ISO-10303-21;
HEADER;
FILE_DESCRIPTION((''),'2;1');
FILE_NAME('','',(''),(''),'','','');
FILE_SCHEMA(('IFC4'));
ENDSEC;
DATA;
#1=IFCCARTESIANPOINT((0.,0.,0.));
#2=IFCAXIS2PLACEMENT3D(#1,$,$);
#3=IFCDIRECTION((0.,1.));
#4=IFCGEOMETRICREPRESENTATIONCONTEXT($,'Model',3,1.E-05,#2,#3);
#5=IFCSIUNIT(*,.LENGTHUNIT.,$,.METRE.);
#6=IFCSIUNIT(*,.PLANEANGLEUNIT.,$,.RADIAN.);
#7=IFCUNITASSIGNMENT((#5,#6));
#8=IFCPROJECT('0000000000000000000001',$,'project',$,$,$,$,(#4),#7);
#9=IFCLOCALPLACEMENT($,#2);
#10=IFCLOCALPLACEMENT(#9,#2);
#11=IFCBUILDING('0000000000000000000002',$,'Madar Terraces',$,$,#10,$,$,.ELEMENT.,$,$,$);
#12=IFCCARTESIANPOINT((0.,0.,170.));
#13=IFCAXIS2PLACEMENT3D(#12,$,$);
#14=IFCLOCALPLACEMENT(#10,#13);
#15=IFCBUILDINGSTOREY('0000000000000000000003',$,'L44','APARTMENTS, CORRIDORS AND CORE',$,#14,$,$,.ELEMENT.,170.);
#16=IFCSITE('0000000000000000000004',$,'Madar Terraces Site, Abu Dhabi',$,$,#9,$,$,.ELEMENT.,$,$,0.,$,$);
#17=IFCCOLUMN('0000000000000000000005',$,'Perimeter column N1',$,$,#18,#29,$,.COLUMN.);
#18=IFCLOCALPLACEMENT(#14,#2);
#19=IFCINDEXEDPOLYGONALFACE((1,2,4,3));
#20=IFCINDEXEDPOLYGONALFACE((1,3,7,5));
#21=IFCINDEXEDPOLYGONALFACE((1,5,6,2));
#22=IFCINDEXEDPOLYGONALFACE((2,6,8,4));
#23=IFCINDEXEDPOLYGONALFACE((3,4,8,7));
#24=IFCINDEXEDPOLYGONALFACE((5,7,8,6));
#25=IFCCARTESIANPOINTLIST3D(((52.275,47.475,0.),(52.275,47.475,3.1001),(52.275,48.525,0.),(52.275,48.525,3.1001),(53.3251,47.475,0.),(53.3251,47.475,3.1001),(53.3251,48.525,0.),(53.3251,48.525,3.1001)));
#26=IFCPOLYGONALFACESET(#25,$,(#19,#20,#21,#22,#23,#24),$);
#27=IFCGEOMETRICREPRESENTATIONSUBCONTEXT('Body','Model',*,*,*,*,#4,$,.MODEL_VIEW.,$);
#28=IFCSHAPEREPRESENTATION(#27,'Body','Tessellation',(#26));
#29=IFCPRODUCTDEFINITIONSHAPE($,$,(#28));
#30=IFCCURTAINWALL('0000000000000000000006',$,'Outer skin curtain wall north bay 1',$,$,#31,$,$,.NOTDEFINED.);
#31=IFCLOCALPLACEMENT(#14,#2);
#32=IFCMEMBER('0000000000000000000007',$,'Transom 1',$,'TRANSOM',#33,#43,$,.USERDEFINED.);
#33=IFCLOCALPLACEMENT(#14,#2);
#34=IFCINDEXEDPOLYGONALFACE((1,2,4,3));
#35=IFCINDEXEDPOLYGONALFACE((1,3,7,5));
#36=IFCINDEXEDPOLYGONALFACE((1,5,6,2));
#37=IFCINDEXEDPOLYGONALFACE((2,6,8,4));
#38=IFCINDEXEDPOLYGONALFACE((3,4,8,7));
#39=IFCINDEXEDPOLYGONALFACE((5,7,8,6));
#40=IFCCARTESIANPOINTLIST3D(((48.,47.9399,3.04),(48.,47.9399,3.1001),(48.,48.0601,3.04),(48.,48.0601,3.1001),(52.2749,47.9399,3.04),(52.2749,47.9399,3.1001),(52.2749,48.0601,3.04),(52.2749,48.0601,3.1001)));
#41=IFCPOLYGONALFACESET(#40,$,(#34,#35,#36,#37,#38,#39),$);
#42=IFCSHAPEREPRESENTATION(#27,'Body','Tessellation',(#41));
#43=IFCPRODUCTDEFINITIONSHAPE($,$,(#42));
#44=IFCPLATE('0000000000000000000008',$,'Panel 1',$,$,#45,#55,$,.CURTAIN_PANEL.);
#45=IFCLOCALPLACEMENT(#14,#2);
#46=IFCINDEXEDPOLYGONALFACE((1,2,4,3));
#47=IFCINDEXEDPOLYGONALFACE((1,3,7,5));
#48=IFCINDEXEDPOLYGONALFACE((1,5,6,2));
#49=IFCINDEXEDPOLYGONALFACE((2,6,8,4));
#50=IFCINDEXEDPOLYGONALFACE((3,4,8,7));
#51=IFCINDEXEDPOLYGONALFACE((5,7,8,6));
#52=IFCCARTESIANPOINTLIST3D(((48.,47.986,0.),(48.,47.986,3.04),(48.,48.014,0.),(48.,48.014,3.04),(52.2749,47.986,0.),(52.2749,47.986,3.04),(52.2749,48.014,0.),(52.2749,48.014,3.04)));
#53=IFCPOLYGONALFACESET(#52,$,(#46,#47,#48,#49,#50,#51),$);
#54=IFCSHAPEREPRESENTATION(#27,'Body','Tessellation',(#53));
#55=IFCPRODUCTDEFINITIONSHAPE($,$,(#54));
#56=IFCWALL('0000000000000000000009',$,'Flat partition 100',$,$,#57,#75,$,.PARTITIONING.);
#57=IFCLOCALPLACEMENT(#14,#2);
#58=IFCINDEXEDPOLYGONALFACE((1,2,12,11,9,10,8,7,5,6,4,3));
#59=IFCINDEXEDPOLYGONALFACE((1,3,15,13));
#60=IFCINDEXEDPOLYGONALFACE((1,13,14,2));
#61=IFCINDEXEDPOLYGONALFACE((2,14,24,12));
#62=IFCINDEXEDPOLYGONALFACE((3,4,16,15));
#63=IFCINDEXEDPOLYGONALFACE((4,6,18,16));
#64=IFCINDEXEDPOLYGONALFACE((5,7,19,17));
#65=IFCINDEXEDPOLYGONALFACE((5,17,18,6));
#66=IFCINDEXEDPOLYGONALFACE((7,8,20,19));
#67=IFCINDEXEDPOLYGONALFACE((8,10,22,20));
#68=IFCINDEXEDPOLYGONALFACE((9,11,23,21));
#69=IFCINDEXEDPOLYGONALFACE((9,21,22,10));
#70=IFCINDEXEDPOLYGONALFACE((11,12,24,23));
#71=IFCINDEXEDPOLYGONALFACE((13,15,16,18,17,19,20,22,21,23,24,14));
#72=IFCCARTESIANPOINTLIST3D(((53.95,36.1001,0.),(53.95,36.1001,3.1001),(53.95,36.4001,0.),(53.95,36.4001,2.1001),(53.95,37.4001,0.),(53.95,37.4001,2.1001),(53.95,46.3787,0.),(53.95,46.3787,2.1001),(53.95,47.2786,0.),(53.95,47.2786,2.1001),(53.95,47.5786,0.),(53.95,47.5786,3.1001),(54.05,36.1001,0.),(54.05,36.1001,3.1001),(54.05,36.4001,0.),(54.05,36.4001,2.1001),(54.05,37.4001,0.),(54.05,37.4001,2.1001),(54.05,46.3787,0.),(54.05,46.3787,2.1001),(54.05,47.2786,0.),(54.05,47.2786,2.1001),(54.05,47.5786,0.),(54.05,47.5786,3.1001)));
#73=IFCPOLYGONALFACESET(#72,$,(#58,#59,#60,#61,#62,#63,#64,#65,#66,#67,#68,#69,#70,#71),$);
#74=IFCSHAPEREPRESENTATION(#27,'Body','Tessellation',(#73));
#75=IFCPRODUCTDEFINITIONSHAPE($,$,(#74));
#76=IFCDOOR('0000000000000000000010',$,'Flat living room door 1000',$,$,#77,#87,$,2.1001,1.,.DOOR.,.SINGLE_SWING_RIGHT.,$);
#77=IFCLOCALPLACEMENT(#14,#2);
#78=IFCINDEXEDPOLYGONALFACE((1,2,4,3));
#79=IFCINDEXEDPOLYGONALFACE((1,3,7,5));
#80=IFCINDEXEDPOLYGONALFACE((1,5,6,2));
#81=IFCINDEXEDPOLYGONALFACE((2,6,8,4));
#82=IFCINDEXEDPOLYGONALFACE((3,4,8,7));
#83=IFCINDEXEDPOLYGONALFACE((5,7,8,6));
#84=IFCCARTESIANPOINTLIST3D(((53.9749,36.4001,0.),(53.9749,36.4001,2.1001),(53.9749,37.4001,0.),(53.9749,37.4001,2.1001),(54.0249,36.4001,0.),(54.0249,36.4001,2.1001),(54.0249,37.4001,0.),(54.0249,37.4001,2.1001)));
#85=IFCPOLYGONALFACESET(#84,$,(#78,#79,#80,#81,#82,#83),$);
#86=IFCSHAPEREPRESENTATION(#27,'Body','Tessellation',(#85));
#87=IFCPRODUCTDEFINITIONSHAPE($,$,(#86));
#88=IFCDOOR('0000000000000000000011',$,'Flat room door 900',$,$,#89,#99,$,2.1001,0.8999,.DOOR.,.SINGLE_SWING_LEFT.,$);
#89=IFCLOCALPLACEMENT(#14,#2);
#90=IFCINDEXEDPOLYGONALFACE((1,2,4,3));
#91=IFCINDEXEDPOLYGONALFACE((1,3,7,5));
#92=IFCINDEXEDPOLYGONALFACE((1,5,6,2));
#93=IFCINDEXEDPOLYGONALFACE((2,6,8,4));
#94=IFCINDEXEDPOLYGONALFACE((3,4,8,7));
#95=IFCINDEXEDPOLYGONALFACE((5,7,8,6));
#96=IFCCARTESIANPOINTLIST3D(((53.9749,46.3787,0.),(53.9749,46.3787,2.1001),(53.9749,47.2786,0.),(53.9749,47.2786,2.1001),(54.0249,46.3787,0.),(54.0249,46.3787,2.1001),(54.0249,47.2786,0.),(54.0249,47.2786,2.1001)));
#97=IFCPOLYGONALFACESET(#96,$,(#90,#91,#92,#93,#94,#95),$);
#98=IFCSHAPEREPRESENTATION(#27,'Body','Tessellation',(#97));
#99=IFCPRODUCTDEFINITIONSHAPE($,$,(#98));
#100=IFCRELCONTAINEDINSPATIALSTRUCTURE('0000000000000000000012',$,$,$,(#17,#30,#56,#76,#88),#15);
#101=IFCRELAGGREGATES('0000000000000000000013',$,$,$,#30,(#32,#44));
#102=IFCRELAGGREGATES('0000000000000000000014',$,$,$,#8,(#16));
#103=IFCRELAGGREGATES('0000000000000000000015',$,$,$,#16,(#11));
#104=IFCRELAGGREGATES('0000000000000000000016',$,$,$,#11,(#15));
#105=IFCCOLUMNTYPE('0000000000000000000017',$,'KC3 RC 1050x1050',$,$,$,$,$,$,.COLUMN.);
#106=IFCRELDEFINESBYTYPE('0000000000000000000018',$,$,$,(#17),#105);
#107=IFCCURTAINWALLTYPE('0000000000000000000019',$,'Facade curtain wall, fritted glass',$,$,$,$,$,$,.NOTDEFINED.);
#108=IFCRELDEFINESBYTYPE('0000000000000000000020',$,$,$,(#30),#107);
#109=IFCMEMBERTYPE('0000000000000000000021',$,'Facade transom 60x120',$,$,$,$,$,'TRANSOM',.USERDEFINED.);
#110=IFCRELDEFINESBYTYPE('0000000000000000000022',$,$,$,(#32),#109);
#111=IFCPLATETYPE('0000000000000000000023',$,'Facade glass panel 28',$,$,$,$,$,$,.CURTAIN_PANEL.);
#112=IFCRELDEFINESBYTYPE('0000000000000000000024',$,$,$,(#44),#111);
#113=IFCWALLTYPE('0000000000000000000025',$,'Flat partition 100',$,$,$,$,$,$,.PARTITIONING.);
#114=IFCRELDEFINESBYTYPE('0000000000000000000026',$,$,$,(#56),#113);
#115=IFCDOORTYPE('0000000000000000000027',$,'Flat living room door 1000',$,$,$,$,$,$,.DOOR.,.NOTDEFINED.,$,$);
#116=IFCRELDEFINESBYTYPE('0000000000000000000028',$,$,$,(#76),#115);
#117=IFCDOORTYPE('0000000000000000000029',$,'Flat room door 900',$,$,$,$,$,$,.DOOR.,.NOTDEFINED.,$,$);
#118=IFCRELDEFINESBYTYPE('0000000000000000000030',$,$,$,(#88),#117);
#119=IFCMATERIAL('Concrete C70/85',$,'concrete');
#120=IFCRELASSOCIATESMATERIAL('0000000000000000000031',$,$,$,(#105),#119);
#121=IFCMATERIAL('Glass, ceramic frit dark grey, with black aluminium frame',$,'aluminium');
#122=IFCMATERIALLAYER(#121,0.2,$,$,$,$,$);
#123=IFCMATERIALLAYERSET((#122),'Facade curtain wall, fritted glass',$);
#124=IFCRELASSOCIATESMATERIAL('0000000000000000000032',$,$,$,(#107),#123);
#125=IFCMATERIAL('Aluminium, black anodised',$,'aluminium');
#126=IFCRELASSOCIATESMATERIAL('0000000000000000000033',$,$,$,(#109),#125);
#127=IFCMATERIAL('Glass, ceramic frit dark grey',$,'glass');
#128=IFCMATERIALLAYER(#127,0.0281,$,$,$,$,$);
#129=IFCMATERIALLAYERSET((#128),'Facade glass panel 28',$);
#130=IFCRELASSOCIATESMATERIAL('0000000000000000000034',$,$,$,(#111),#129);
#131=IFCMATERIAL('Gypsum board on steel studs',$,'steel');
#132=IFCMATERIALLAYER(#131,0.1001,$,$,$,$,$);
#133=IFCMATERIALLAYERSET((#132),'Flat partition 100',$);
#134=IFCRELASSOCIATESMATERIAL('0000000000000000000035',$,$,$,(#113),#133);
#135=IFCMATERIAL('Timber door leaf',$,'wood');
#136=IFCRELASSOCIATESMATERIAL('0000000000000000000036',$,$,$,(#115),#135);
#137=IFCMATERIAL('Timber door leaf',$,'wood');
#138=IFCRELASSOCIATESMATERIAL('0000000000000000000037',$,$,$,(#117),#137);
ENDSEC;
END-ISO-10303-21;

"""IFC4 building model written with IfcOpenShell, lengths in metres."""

from ifc_helpers import new_model, si_unit, direction, frame, frame_2d, origin, origin_2d, place, context, subcontext, project, spatial, rectangle, extrude, material, layer, layer_set, material_profile, profile_set, type_object, element, fill, aggregate, save


model = new_model("IFC4")

# Units and contexts
model_context = context("Model", 3, precision=1e-05, world=origin(), true_north=direction((0.0, 1.0)))
body_context = subcontext(model_context, "Body", "Model", "MODEL_VIEW")
ifc_project = project(units=[si_unit("LENGTHUNIT", "METRE"), si_unit("PLANEANGLEUNIT", "RADIAN")], contexts=[model_context])

# Site, building, storey
site_placement = place(None, origin())
site = spatial("IfcSite", under=ifc_project, at=site_placement, Name="Madar Terraces Site, Abu Dhabi", CompositionType="ELEMENT", RefElevation=0.0)
building_placement = place(site_placement, origin())
building = spatial("IfcBuilding", under=site, at=building_placement, Name="Madar Terraces", CompositionType="ELEMENT")
storey_placement = place(building_placement, frame((0.0, 0.0, 170.0)))
storey = spatial("IfcBuildingStorey", under=building, at=storey_placement, Name="L44", Description="APARTMENTS, CORRIDORS AND CORE", CompositionType="ELEMENT", Elevation=170.0)

# Column
ifc_material_1 = material(Name="Concrete C70/85", Category="concrete")
ifc_material_profile_1 = material_profile(ifc_material_1, rectangle(XDim=1.05, YDim=1.05, at=origin_2d()), Name="KC3 RC 1050x1050")
ifc_profile_set_1 = profile_set([ifc_material_profile_1], Name="Concrete C70/85")
column_type = type_object("IfcColumnType", Name="KC3 RC 1050x1050", PredefinedType="COLUMN", material=ifc_profile_set_1)
column_placement = place(storey_placement, frame((52.8, 48.0, 0.0), z_axis=(0.0, 0.0, 1.0), x_axis=(1.0, 0.0, 0.0)))
element("IfcColumn", 1, at=column_placement, inside=storey, type_object=column_type, Name="Perimeter column N1", PredefinedType="COLUMN", context=body_context, shape_type="SweptSolid", body=[
    extrude(rectangle(XDim=1.05, YDim=1.05, at=origin_2d()), origin(), (0.0, 0.0, 1.0), 3.1001),
])

# Curtain wall, member, plate
ifc_material_2 = material(Name="Glass, ceramic frit dark grey, with black aluminium frame", Category="aluminium")
ifc_layer_1 = layer(ifc_material_2, 0.2)
ifc_layer_set_1 = layer_set([ifc_layer_1], Name="Facade curtain wall, fritted glass")
curtain_wall_type = type_object("IfcCurtainWallType", Name="Facade curtain wall, fritted glass", PredefinedType="NOTDEFINED", material=ifc_layer_set_1)
curtain_wall_placement = place(storey_placement, origin())
curtain_wall = element("IfcCurtainWall", 2, at=curtain_wall_placement, inside=storey, type_object=curtain_wall_type, Name="Outer skin curtain wall north bay 1", PredefinedType="NOTDEFINED")
ifc_material_3 = material(Name="Aluminium, black anodised", Category="aluminium")
ifc_material_profile_2 = material_profile(ifc_material_3, rectangle(XDim=0.1201, YDim=0.0601, at=origin_2d()), Name="Facade transom 60x120")
ifc_profile_set_2 = profile_set([ifc_material_profile_2], Name="Aluminium, black anodised")
member_type = type_object("IfcMemberType", Name="Facade transom 60x120", ElementType="TRANSOM", PredefinedType="USERDEFINED", material=ifc_profile_set_2)
member_placement = place(storey_placement, frame((52.2749, 48.0, 3.0701), z_axis=(-1.0, 0.0, 0.0), x_axis=(0.0, -1.0, 0.0)))
member = element("IfcMember", 3, at=member_placement, type_object=member_type, Name="Transom 1", ObjectType="TRANSOM", PredefinedType="USERDEFINED", context=body_context, shape_type="SweptSolid", body=[
    extrude(rectangle(XDim=0.1201, YDim=0.0601, at=origin_2d()), origin(), (0.0, 0.0, 1.0), 4.2749),
])
ifc_material_4 = material(Name="Glass, ceramic frit dark grey", Category="glass")
ifc_layer_2 = layer(ifc_material_4, 0.0281)
ifc_layer_set_2 = layer_set([ifc_layer_2], Name="Facade glass panel 28")
plate_type = type_object("IfcPlateType", Name="Facade glass panel 28", PredefinedType="CURTAIN_PANEL", material=ifc_layer_set_2)
plate_placement = place(storey_placement, frame((50.1375, 48.0, 0.0), z_axis=(0.0, 0.0, 1.0), x_axis=(-1.0, 0.0, 0.0)))
plate = element("IfcPlate", 4, at=plate_placement, type_object=plate_type, Name="Panel 1", PredefinedType="CURTAIN_PANEL", context=body_context, shape_type="SweptSolid", body=[
    extrude(rectangle(XDim=4.2749, YDim=0.0281, at=origin_2d()), origin(), (0.0, 0.0, 1.0), 3.04),
])
aggregate(curtain_wall, [member, plate])

# Wall, openings, doors
ifc_material_5 = material(Name="Gypsum board on steel studs", Category="steel")
ifc_layer_3 = layer(ifc_material_5, 0.1001)
ifc_layer_set_3 = layer_set([ifc_layer_3], Name="Flat partition 100")
wall_type_1 = type_object("IfcWallType", Name="Flat partition 100", PredefinedType="PARTITIONING", material=ifc_layer_set_3)
wall_1_placement = place(storey_placement, frame((54.0, 47.5786, 0.0), z_axis=(0.0, 0.0, 1.0), x_axis=(0.0, -1.0, 0.0)))
wall_1 = element("IfcWall", 5, at=wall_1_placement, inside=storey, type_object=wall_type_1, Name="Flat partition 100", PredefinedType="PARTITIONING", context=body_context, shape_type="SweptSolid", body=[
    extrude(rectangle(XDim=11.4785, YDim=0.1001, at=frame_2d((5.7393, 0.0))), origin(), (0.0, 0.0, 1.0), 3.1001),
])
opening_1_placement = place(wall_1_placement, frame((10.1785, 0.0, 0.0)))
opening_1 = element("IfcOpeningElement", 6, at=opening_1_placement, cuts=wall_1, PredefinedType="OPENING", context=body_context, shape_type="SweptSolid", body=[
    extrude(rectangle(XDim=1.0, YDim=2.1001, at=frame_2d((0.5, 1.05))), frame((0.0, 0.0601, 0.0), z_axis=(0.0, -1.0, 0.0), x_axis=(1.0, 0.0, 0.0)), (0.0, 0.0, 1.0), 0.1201),
])
opening_2_placement = place(wall_1_placement, frame((0.3, 0.0, 0.0)))
opening_2 = element("IfcOpeningElement", 7, at=opening_2_placement, cuts=wall_1, PredefinedType="OPENING", context=body_context, shape_type="SweptSolid", body=[
    extrude(rectangle(XDim=0.8999, YDim=2.1001, at=frame_2d((0.45, 1.05))), frame((0.0, 0.0601, 0.0), z_axis=(0.0, -1.0, 0.0), x_axis=(1.0, 0.0, 0.0)), (0.0, 0.0, 1.0), 0.1201),
])
ifc_material_6 = material(Name="Timber door leaf", Category="wood")
door_type_1 = type_object("IfcDoorType", Name="Flat living room door 1000", OperationType="NOTDEFINED", PredefinedType="DOOR", material=ifc_material_6)
door_1_placement = place(opening_1_placement, origin())
door_1 = element("IfcDoor", 8, at=door_1_placement, inside=storey, type_object=door_type_1, Name="Flat living room door 1000", OperationType="SINGLE_SWING_RIGHT", OverallHeight=2.1001, OverallWidth=1.0, PredefinedType="DOOR", context=body_context, shape_type="SweptSolid", body=[
    extrude(rectangle(XDim=1.0, YDim=2.1001, at=frame_2d((0.5, 1.05))), frame((0.0, 0.0249, 0.0), z_axis=(0.0, -1.0, 0.0), x_axis=(1.0, 0.0, 0.0)), (0.0, 0.0, 1.0), 0.05),
])
fill(opening_1, door_1)
ifc_material_7 = material(Name="Timber door leaf", Category="wood")
door_type_2 = type_object("IfcDoorType", Name="Flat room door 900", OperationType="NOTDEFINED", PredefinedType="DOOR", material=ifc_material_7)
door_2_placement = place(opening_2_placement, origin())
door_2 = element("IfcDoor", 9, at=door_2_placement, inside=storey, type_object=door_type_2, Name="Flat room door 900", OperationType="SINGLE_SWING_LEFT", OverallHeight=2.1001, OverallWidth=0.8999, PredefinedType="DOOR", context=body_context, shape_type="SweptSolid", body=[
    extrude(rectangle(XDim=0.8999, YDim=2.1001, at=frame_2d((0.45, 1.05))), frame((0.0, 0.0249, 0.0), z_axis=(0.0, -1.0, 0.0), x_axis=(1.0, 0.0, 0.0)), (0.0, 0.0, 1.0), 0.05),
])
fill(opening_2, door_2)

save(model, "model.ifc")
